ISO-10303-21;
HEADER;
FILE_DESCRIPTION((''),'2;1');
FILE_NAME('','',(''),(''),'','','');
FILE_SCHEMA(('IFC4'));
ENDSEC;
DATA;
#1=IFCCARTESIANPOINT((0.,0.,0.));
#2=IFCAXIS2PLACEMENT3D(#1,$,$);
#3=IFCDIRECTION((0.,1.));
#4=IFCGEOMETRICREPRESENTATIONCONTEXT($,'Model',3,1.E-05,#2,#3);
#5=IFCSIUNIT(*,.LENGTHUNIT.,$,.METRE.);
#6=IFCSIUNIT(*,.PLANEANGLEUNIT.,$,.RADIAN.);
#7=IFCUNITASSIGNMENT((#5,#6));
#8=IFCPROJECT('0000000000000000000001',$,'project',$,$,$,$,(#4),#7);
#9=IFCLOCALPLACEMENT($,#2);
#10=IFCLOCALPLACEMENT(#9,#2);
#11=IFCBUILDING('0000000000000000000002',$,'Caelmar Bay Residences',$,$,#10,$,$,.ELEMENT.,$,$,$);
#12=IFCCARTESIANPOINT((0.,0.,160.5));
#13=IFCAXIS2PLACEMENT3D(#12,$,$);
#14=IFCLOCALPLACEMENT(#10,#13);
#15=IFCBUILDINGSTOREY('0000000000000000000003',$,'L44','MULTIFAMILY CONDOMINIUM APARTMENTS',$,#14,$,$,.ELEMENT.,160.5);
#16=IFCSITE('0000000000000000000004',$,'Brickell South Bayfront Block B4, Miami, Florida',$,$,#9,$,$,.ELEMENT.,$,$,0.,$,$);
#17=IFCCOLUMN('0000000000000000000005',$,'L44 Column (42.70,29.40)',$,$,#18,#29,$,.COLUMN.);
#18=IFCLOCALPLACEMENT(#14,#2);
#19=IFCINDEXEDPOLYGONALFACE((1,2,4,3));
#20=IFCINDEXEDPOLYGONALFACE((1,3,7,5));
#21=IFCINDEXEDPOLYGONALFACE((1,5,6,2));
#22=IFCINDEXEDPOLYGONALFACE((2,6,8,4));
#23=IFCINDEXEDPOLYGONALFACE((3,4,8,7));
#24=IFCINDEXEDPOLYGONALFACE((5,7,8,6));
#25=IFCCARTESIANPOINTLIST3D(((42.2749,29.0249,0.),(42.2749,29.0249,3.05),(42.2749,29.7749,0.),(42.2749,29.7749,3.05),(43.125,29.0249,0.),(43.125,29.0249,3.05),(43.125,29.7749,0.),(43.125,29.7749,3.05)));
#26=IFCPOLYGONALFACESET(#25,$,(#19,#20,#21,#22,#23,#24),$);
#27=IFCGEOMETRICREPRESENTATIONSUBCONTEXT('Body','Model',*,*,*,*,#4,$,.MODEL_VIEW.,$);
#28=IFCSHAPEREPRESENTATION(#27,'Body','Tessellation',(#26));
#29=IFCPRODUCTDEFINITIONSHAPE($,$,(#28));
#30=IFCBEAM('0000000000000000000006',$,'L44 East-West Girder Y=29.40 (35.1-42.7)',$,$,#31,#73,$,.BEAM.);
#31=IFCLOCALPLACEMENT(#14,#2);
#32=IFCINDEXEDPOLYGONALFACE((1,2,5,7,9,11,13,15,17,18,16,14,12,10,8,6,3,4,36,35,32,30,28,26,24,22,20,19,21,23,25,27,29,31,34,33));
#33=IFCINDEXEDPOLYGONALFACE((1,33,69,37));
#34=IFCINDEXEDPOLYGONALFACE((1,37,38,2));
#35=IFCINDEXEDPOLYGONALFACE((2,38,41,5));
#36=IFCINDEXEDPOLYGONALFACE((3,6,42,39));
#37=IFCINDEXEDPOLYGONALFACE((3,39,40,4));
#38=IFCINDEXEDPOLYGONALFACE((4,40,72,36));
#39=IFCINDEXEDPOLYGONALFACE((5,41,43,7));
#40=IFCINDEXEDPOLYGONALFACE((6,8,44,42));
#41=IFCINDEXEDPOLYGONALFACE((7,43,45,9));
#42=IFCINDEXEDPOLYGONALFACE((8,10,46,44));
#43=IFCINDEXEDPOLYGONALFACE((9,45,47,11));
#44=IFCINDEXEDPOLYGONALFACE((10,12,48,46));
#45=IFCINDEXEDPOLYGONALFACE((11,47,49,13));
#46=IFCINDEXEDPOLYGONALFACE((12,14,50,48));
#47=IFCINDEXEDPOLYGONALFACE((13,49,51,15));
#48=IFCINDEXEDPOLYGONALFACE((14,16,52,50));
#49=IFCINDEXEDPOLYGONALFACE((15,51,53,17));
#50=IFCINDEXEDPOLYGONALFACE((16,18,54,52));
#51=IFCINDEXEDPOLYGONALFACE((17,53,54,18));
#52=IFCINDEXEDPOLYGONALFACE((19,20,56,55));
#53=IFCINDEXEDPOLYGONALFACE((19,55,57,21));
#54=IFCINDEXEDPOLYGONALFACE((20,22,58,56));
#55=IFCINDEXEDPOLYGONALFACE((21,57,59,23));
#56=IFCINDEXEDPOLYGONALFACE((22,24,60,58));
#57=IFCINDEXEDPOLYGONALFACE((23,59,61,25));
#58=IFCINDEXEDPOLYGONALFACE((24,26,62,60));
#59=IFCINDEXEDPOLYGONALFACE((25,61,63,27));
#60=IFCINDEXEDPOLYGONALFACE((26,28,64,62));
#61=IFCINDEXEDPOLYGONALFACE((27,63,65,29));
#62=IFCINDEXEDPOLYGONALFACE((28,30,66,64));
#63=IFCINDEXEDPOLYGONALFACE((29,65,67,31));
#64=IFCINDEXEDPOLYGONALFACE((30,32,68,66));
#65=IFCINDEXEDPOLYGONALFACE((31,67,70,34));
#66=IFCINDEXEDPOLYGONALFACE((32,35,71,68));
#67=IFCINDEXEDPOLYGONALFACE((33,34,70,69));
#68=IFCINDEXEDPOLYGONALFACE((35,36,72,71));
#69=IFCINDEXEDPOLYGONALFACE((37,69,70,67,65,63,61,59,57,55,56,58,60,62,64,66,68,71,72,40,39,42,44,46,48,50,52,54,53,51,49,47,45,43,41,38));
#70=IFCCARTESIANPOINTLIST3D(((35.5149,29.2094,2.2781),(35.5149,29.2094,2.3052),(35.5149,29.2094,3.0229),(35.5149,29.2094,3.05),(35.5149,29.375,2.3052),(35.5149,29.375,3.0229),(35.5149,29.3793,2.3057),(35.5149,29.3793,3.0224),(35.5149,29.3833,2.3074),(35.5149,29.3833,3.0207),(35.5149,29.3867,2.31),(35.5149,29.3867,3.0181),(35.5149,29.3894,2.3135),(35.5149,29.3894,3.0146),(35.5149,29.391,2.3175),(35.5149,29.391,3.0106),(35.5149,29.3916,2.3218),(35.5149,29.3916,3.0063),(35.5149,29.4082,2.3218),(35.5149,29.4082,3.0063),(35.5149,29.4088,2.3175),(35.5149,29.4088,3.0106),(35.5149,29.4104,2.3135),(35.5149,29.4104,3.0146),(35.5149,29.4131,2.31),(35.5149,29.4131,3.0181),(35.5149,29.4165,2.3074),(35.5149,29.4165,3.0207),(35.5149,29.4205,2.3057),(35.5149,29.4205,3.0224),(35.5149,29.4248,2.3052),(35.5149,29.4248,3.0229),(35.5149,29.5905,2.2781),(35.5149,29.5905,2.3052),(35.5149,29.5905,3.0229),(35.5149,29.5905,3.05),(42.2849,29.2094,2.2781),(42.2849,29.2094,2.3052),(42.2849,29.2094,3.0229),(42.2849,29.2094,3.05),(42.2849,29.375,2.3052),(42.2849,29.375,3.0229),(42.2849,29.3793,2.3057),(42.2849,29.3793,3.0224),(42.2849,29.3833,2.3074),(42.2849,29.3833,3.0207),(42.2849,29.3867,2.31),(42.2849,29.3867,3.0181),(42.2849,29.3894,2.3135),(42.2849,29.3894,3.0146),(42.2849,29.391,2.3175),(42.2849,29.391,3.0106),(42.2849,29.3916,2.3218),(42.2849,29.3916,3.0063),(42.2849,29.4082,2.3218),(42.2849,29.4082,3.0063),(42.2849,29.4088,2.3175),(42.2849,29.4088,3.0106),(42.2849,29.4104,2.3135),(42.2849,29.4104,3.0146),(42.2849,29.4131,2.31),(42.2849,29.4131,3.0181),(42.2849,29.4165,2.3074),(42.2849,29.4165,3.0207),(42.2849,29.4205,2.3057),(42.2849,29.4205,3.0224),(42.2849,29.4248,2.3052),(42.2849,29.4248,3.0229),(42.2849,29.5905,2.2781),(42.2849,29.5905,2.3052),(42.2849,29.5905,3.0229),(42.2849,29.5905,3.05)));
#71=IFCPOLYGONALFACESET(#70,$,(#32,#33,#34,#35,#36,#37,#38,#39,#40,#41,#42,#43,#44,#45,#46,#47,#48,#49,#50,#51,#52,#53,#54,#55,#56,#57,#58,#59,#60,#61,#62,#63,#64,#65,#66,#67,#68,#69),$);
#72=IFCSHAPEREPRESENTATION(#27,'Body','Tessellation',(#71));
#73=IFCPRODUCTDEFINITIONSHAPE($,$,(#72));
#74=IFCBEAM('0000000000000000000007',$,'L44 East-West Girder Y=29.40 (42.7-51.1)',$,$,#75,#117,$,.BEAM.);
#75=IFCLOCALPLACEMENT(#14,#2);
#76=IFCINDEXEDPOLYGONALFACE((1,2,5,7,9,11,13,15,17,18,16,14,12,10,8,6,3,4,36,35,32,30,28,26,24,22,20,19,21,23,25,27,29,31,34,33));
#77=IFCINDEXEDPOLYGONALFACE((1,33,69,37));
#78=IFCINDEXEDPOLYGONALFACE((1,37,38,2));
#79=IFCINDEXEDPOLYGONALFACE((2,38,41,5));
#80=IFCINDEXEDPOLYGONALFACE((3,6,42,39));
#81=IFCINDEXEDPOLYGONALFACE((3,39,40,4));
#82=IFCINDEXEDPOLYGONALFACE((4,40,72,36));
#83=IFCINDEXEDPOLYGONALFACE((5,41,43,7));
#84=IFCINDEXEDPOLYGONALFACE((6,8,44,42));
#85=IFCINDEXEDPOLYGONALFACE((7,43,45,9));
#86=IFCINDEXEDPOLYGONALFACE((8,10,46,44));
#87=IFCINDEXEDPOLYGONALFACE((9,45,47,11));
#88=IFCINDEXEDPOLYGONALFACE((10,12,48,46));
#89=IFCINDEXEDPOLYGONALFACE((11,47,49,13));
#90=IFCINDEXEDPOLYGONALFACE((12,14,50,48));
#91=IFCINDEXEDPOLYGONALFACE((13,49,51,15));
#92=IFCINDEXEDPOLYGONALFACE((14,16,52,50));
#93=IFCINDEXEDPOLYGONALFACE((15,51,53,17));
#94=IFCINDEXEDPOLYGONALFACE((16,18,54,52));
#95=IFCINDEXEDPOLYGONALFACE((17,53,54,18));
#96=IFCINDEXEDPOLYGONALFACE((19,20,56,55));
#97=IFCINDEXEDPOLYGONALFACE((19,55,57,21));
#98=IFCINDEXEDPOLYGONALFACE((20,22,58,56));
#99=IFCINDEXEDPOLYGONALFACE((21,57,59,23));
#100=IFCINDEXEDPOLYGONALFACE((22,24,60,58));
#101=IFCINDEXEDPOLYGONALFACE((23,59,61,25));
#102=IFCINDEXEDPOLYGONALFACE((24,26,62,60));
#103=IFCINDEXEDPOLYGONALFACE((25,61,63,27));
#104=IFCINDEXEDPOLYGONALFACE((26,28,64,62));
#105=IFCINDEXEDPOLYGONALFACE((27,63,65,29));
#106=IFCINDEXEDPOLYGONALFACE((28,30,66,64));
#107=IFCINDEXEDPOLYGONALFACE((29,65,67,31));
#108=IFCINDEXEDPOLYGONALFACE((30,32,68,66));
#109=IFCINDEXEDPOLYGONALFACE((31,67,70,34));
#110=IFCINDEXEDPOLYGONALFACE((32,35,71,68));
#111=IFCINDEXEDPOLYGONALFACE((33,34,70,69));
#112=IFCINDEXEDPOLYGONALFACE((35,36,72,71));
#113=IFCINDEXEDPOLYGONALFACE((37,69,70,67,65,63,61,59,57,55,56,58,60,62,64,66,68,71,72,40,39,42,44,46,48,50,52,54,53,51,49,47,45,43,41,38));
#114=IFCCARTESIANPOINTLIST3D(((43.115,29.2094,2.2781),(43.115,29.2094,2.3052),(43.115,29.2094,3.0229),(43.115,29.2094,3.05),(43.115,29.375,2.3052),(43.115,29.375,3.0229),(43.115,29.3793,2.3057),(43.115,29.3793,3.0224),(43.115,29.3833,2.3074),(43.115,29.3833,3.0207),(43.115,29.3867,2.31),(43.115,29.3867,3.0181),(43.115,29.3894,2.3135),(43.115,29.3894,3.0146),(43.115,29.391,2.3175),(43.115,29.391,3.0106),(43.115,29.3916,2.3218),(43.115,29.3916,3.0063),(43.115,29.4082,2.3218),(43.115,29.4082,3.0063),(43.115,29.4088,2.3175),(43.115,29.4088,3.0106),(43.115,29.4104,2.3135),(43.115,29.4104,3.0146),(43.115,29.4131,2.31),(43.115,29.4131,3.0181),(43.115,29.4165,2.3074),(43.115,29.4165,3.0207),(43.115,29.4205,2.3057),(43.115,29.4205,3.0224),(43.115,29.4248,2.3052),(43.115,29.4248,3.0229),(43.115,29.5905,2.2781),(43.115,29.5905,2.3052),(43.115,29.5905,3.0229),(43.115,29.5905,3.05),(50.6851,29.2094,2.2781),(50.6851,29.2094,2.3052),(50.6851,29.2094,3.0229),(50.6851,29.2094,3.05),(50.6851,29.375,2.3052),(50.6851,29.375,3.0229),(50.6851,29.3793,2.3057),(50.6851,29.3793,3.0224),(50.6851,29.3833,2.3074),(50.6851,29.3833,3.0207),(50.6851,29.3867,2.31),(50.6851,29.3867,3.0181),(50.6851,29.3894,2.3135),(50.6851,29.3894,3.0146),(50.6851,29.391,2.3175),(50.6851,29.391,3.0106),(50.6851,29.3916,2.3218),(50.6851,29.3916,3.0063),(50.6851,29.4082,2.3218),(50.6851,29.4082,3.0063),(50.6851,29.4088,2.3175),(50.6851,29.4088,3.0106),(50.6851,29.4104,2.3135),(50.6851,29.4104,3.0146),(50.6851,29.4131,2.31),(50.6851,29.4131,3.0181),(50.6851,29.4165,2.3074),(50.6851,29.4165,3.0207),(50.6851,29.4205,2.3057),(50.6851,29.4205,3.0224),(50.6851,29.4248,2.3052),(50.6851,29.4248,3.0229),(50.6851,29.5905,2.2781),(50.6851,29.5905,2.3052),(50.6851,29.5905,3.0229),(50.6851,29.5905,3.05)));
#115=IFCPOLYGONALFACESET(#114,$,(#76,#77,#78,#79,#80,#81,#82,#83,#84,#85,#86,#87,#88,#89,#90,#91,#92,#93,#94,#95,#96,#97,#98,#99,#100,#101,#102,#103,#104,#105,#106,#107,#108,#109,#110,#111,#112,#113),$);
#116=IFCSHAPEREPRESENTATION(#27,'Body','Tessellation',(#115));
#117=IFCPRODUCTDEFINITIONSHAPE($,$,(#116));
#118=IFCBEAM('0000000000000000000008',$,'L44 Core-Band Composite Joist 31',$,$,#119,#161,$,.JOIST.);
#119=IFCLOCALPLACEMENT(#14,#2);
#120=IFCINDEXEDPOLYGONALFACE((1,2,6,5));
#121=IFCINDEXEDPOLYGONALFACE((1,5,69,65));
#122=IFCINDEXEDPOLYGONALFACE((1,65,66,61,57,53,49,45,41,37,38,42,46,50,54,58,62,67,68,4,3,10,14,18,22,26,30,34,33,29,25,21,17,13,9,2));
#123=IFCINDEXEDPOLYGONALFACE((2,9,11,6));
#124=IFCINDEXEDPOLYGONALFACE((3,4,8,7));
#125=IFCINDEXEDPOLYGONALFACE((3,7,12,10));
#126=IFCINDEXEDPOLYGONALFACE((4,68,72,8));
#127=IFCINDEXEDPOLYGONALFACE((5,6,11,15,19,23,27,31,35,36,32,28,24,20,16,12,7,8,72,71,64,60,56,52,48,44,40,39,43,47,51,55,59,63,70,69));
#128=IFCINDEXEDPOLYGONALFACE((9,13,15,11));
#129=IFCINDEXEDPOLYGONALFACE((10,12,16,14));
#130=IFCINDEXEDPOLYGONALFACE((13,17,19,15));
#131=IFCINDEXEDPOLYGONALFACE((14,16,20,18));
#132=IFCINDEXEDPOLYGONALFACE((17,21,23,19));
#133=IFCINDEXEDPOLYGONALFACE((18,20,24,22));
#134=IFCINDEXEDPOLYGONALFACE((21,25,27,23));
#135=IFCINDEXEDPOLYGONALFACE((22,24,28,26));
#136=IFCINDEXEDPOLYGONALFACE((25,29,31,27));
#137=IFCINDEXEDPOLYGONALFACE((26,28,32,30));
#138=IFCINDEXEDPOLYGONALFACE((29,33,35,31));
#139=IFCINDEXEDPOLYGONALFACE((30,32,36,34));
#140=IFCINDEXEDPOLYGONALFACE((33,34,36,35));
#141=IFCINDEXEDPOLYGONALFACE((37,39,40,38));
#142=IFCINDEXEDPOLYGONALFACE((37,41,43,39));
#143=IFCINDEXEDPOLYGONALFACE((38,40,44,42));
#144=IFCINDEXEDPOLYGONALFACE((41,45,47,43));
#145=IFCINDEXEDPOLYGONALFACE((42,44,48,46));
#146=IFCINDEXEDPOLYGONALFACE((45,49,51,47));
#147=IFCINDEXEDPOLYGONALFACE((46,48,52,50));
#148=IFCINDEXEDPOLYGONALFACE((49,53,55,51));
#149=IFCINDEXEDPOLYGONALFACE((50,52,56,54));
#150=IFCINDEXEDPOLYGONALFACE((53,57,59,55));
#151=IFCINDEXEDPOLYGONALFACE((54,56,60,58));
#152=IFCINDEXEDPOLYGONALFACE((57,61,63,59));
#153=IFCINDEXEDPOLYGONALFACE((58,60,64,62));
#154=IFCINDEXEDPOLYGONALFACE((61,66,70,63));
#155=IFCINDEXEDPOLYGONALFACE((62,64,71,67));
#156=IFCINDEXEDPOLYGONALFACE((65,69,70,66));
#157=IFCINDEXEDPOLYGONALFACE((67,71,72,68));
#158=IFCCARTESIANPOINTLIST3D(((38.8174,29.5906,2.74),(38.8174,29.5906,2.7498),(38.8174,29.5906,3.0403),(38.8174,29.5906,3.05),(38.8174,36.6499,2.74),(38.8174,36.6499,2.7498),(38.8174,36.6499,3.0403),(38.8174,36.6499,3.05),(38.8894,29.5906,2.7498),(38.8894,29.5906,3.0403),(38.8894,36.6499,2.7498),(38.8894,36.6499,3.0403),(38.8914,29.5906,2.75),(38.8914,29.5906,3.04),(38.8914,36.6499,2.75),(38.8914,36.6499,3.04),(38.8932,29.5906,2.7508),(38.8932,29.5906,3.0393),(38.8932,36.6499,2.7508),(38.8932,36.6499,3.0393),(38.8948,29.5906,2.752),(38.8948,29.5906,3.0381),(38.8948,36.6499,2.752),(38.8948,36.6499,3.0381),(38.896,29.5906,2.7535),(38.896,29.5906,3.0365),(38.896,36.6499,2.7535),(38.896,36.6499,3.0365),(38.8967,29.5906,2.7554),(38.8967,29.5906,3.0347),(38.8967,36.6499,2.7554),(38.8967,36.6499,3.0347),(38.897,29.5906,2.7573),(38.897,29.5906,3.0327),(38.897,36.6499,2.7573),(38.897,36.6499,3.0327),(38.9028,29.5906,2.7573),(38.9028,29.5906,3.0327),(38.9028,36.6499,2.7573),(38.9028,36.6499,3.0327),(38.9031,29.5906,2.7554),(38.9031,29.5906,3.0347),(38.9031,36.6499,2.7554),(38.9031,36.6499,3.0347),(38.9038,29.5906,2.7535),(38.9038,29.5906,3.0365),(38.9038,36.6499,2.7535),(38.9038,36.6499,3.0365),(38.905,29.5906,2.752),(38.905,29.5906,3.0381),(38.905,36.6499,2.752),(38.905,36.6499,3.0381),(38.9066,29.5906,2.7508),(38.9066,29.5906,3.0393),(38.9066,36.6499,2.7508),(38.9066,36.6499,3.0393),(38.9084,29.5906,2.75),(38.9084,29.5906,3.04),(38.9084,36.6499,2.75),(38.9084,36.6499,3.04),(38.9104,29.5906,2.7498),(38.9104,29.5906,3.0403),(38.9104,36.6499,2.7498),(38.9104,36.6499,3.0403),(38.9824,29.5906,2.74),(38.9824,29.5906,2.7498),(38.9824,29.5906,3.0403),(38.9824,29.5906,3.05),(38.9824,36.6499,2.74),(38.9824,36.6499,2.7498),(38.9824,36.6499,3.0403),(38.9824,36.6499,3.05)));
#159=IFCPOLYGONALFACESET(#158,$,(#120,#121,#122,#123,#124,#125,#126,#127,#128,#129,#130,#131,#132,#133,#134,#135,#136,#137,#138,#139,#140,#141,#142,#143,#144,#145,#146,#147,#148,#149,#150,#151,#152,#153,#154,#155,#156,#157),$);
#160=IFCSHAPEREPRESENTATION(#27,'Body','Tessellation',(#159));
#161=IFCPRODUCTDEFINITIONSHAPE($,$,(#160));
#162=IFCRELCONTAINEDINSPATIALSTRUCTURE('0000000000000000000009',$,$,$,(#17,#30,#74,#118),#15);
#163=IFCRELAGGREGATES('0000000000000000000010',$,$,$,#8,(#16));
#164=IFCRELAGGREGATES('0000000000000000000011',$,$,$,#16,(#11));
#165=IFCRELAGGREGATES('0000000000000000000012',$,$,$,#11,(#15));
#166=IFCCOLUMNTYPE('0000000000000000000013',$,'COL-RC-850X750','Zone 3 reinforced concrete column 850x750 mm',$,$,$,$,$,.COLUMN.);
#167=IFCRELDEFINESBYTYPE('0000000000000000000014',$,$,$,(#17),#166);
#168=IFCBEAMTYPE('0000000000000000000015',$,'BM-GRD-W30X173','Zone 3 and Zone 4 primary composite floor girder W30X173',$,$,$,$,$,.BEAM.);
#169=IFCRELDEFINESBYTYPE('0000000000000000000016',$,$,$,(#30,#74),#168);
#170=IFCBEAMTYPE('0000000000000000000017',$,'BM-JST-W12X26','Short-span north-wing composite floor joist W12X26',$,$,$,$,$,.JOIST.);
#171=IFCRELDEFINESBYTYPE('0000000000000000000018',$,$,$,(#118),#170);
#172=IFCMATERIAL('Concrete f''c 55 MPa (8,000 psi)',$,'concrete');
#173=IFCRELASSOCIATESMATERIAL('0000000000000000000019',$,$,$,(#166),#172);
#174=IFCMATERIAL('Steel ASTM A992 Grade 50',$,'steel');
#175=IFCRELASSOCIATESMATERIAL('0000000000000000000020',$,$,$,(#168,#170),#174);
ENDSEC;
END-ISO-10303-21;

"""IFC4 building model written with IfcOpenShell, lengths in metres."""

from ifc_helpers import new_model, si_unit, direction, frame, origin, origin_2d, place, context, subcontext, project, spatial, rectangle, i_section, extrude, material, material_profile, profile_set, type_object, element, save


model = new_model("IFC4")

# Units and contexts
model_context = context("Model", 3, precision=1e-05, world=origin(), true_north=direction((0.0, 1.0)))
body_context = subcontext(model_context, "Body", "Model", "MODEL_VIEW")
ifc_project = project(units=[si_unit("LENGTHUNIT", "METRE"), si_unit("PLANEANGLEUNIT", "RADIAN")], contexts=[model_context])

# Site, building, storey
site_placement = place(None, origin())
site = spatial("IfcSite", under=ifc_project, at=site_placement, Name="Brickell South Bayfront Block B4, Miami, Florida", CompositionType="ELEMENT", RefElevation=0.0)
building_placement = place(site_placement, origin())
building = spatial("IfcBuilding", under=site, at=building_placement, Name="Caelmar Bay Residences", CompositionType="ELEMENT")
storey_placement = place(building_placement, frame((0.0, 0.0, 160.5)))
storey = spatial("IfcBuildingStorey", under=building, at=storey_placement, Name="L44", Description="MULTIFAMILY CONDOMINIUM APARTMENTS", CompositionType="ELEMENT", Elevation=160.5)

# Column
ifc_material_1 = material(Name="Concrete f'c 55 MPa (8,000 psi)", Category="concrete")
ifc_material_profile_1 = material_profile(ifc_material_1, rectangle(XDim=0.8501, YDim=0.75, at=origin_2d()), Name="RC-COL-850X750")
ifc_profile_set_1 = profile_set([ifc_material_profile_1], Name="Concrete f'c 55 MPa (8,000 psi)")
column_type = type_object("IfcColumnType", Name="COL-RC-850X750", Description="Zone 3 reinforced concrete column 850x750 mm", PredefinedType="COLUMN", material=ifc_profile_set_1)
column_placement = place(storey_placement, frame((42.7, 29.3999, 0.0), z_axis=(0.0, 0.0, 1.0), x_axis=(1.0, 0.0, 0.0)))
element("IfcColumn", 1, at=column_placement, inside=storey, type_object=column_type, Name="L44 Column (42.70,29.40)", PredefinedType="COLUMN", context=body_context, shape_type="SweptSolid", body=[
    extrude(rectangle(XDim=0.8501, YDim=0.75, at=origin_2d()), origin(), (0.0, 0.0, 1.0), 3.05),
])

# Beams
ifc_material_2 = material(Name="Steel ASTM A992 Grade 50", Category="steel")
ifc_material_profile_2 = material_profile(ifc_material_2, i_section(OverallWidth=0.3811, OverallDepth=0.772, WebThickness=0.0166, FlangeThickness=0.0271, FilletRadius=0.0166, at=origin_2d()), Name="W30X173")
ifc_profile_set_2 = profile_set([ifc_material_profile_2], Name="Steel ASTM A992 Grade 50")
beam_type_1 = type_object("IfcBeamType", Name="BM-GRD-W30X173", Description="Zone 3 and Zone 4 primary composite floor girder W30X173", PredefinedType="BEAM", material=ifc_profile_set_2)
beam_1_placement = place(storey_placement, frame((35.5149, 29.3999, 2.6641), z_axis=(1.0, 0.0, 0.0), x_axis=(0.0, 1.0, 0.0)))
element("IfcBeam", 2, at=beam_1_placement, inside=storey, type_object=beam_type_1, Name="L44 East-West Girder Y=29.40 (35.1-42.7)", PredefinedType="BEAM", context=body_context, shape_type="SweptSolid", body=[
    extrude(i_section(OverallWidth=0.3811, OverallDepth=0.772, WebThickness=0.0166, FlangeThickness=0.0271, FilletRadius=0.0166, at=origin_2d()), origin(), (0.0, 0.0, 1.0), 6.77),
])
beam_2_placement = place(storey_placement, frame((43.115, 29.3999, 2.6641), z_axis=(1.0, 0.0, 0.0), x_axis=(0.0, 1.0, 0.0)))
element("IfcBeam", 3, at=beam_2_placement, inside=storey, type_object=beam_type_1, Name="L44 East-West Girder Y=29.40 (42.7-51.1)", PredefinedType="BEAM", context=body_context, shape_type="SweptSolid", body=[
    extrude(i_section(OverallWidth=0.3811, OverallDepth=0.772, WebThickness=0.0166, FlangeThickness=0.0271, FilletRadius=0.0166, at=origin_2d()), origin(), (0.0, 0.0, 1.0), 7.5701),
])
ifc_material_profile_3 = material_profile(ifc_material_2, i_section(OverallWidth=0.165, OverallDepth=0.3101, WebThickness=0.0059, FlangeThickness=0.0098, FilletRadius=0.0076, at=origin_2d()), Name="W12X26")
ifc_profile_set_3 = profile_set([ifc_material_profile_3], Name="Steel ASTM A992 Grade 50")
beam_type_2 = type_object("IfcBeamType", Name="BM-JST-W12X26", Description="Short-span north-wing composite floor joist W12X26", PredefinedType="JOIST", material=ifc_profile_set_3)
for number, where, z_axis, x_axis, name in (
    (4, (38.8999, 29.5906, 2.895), (0.0, 1.0, 0.0), (-1.0, 0.0, 0.0), "L44 Core-Band Composite Joist 31"),
):
    element("IfcBeam", number, at=place(storey_placement, frame(where, z_axis=z_axis, x_axis=x_axis)), inside=storey, type_object=beam_type_2, Name=name, PredefinedType="JOIST", context=body_context, shape_type="SweptSolid", body=[
        extrude(i_section(OverallWidth=0.165, OverallDepth=0.3101, WebThickness=0.0059, FlangeThickness=0.0098, FilletRadius=0.0076, at=origin_2d()), origin(), (0.0, 0.0, 1.0), 7.0593),
    ])

save(model, "model.ifc")
